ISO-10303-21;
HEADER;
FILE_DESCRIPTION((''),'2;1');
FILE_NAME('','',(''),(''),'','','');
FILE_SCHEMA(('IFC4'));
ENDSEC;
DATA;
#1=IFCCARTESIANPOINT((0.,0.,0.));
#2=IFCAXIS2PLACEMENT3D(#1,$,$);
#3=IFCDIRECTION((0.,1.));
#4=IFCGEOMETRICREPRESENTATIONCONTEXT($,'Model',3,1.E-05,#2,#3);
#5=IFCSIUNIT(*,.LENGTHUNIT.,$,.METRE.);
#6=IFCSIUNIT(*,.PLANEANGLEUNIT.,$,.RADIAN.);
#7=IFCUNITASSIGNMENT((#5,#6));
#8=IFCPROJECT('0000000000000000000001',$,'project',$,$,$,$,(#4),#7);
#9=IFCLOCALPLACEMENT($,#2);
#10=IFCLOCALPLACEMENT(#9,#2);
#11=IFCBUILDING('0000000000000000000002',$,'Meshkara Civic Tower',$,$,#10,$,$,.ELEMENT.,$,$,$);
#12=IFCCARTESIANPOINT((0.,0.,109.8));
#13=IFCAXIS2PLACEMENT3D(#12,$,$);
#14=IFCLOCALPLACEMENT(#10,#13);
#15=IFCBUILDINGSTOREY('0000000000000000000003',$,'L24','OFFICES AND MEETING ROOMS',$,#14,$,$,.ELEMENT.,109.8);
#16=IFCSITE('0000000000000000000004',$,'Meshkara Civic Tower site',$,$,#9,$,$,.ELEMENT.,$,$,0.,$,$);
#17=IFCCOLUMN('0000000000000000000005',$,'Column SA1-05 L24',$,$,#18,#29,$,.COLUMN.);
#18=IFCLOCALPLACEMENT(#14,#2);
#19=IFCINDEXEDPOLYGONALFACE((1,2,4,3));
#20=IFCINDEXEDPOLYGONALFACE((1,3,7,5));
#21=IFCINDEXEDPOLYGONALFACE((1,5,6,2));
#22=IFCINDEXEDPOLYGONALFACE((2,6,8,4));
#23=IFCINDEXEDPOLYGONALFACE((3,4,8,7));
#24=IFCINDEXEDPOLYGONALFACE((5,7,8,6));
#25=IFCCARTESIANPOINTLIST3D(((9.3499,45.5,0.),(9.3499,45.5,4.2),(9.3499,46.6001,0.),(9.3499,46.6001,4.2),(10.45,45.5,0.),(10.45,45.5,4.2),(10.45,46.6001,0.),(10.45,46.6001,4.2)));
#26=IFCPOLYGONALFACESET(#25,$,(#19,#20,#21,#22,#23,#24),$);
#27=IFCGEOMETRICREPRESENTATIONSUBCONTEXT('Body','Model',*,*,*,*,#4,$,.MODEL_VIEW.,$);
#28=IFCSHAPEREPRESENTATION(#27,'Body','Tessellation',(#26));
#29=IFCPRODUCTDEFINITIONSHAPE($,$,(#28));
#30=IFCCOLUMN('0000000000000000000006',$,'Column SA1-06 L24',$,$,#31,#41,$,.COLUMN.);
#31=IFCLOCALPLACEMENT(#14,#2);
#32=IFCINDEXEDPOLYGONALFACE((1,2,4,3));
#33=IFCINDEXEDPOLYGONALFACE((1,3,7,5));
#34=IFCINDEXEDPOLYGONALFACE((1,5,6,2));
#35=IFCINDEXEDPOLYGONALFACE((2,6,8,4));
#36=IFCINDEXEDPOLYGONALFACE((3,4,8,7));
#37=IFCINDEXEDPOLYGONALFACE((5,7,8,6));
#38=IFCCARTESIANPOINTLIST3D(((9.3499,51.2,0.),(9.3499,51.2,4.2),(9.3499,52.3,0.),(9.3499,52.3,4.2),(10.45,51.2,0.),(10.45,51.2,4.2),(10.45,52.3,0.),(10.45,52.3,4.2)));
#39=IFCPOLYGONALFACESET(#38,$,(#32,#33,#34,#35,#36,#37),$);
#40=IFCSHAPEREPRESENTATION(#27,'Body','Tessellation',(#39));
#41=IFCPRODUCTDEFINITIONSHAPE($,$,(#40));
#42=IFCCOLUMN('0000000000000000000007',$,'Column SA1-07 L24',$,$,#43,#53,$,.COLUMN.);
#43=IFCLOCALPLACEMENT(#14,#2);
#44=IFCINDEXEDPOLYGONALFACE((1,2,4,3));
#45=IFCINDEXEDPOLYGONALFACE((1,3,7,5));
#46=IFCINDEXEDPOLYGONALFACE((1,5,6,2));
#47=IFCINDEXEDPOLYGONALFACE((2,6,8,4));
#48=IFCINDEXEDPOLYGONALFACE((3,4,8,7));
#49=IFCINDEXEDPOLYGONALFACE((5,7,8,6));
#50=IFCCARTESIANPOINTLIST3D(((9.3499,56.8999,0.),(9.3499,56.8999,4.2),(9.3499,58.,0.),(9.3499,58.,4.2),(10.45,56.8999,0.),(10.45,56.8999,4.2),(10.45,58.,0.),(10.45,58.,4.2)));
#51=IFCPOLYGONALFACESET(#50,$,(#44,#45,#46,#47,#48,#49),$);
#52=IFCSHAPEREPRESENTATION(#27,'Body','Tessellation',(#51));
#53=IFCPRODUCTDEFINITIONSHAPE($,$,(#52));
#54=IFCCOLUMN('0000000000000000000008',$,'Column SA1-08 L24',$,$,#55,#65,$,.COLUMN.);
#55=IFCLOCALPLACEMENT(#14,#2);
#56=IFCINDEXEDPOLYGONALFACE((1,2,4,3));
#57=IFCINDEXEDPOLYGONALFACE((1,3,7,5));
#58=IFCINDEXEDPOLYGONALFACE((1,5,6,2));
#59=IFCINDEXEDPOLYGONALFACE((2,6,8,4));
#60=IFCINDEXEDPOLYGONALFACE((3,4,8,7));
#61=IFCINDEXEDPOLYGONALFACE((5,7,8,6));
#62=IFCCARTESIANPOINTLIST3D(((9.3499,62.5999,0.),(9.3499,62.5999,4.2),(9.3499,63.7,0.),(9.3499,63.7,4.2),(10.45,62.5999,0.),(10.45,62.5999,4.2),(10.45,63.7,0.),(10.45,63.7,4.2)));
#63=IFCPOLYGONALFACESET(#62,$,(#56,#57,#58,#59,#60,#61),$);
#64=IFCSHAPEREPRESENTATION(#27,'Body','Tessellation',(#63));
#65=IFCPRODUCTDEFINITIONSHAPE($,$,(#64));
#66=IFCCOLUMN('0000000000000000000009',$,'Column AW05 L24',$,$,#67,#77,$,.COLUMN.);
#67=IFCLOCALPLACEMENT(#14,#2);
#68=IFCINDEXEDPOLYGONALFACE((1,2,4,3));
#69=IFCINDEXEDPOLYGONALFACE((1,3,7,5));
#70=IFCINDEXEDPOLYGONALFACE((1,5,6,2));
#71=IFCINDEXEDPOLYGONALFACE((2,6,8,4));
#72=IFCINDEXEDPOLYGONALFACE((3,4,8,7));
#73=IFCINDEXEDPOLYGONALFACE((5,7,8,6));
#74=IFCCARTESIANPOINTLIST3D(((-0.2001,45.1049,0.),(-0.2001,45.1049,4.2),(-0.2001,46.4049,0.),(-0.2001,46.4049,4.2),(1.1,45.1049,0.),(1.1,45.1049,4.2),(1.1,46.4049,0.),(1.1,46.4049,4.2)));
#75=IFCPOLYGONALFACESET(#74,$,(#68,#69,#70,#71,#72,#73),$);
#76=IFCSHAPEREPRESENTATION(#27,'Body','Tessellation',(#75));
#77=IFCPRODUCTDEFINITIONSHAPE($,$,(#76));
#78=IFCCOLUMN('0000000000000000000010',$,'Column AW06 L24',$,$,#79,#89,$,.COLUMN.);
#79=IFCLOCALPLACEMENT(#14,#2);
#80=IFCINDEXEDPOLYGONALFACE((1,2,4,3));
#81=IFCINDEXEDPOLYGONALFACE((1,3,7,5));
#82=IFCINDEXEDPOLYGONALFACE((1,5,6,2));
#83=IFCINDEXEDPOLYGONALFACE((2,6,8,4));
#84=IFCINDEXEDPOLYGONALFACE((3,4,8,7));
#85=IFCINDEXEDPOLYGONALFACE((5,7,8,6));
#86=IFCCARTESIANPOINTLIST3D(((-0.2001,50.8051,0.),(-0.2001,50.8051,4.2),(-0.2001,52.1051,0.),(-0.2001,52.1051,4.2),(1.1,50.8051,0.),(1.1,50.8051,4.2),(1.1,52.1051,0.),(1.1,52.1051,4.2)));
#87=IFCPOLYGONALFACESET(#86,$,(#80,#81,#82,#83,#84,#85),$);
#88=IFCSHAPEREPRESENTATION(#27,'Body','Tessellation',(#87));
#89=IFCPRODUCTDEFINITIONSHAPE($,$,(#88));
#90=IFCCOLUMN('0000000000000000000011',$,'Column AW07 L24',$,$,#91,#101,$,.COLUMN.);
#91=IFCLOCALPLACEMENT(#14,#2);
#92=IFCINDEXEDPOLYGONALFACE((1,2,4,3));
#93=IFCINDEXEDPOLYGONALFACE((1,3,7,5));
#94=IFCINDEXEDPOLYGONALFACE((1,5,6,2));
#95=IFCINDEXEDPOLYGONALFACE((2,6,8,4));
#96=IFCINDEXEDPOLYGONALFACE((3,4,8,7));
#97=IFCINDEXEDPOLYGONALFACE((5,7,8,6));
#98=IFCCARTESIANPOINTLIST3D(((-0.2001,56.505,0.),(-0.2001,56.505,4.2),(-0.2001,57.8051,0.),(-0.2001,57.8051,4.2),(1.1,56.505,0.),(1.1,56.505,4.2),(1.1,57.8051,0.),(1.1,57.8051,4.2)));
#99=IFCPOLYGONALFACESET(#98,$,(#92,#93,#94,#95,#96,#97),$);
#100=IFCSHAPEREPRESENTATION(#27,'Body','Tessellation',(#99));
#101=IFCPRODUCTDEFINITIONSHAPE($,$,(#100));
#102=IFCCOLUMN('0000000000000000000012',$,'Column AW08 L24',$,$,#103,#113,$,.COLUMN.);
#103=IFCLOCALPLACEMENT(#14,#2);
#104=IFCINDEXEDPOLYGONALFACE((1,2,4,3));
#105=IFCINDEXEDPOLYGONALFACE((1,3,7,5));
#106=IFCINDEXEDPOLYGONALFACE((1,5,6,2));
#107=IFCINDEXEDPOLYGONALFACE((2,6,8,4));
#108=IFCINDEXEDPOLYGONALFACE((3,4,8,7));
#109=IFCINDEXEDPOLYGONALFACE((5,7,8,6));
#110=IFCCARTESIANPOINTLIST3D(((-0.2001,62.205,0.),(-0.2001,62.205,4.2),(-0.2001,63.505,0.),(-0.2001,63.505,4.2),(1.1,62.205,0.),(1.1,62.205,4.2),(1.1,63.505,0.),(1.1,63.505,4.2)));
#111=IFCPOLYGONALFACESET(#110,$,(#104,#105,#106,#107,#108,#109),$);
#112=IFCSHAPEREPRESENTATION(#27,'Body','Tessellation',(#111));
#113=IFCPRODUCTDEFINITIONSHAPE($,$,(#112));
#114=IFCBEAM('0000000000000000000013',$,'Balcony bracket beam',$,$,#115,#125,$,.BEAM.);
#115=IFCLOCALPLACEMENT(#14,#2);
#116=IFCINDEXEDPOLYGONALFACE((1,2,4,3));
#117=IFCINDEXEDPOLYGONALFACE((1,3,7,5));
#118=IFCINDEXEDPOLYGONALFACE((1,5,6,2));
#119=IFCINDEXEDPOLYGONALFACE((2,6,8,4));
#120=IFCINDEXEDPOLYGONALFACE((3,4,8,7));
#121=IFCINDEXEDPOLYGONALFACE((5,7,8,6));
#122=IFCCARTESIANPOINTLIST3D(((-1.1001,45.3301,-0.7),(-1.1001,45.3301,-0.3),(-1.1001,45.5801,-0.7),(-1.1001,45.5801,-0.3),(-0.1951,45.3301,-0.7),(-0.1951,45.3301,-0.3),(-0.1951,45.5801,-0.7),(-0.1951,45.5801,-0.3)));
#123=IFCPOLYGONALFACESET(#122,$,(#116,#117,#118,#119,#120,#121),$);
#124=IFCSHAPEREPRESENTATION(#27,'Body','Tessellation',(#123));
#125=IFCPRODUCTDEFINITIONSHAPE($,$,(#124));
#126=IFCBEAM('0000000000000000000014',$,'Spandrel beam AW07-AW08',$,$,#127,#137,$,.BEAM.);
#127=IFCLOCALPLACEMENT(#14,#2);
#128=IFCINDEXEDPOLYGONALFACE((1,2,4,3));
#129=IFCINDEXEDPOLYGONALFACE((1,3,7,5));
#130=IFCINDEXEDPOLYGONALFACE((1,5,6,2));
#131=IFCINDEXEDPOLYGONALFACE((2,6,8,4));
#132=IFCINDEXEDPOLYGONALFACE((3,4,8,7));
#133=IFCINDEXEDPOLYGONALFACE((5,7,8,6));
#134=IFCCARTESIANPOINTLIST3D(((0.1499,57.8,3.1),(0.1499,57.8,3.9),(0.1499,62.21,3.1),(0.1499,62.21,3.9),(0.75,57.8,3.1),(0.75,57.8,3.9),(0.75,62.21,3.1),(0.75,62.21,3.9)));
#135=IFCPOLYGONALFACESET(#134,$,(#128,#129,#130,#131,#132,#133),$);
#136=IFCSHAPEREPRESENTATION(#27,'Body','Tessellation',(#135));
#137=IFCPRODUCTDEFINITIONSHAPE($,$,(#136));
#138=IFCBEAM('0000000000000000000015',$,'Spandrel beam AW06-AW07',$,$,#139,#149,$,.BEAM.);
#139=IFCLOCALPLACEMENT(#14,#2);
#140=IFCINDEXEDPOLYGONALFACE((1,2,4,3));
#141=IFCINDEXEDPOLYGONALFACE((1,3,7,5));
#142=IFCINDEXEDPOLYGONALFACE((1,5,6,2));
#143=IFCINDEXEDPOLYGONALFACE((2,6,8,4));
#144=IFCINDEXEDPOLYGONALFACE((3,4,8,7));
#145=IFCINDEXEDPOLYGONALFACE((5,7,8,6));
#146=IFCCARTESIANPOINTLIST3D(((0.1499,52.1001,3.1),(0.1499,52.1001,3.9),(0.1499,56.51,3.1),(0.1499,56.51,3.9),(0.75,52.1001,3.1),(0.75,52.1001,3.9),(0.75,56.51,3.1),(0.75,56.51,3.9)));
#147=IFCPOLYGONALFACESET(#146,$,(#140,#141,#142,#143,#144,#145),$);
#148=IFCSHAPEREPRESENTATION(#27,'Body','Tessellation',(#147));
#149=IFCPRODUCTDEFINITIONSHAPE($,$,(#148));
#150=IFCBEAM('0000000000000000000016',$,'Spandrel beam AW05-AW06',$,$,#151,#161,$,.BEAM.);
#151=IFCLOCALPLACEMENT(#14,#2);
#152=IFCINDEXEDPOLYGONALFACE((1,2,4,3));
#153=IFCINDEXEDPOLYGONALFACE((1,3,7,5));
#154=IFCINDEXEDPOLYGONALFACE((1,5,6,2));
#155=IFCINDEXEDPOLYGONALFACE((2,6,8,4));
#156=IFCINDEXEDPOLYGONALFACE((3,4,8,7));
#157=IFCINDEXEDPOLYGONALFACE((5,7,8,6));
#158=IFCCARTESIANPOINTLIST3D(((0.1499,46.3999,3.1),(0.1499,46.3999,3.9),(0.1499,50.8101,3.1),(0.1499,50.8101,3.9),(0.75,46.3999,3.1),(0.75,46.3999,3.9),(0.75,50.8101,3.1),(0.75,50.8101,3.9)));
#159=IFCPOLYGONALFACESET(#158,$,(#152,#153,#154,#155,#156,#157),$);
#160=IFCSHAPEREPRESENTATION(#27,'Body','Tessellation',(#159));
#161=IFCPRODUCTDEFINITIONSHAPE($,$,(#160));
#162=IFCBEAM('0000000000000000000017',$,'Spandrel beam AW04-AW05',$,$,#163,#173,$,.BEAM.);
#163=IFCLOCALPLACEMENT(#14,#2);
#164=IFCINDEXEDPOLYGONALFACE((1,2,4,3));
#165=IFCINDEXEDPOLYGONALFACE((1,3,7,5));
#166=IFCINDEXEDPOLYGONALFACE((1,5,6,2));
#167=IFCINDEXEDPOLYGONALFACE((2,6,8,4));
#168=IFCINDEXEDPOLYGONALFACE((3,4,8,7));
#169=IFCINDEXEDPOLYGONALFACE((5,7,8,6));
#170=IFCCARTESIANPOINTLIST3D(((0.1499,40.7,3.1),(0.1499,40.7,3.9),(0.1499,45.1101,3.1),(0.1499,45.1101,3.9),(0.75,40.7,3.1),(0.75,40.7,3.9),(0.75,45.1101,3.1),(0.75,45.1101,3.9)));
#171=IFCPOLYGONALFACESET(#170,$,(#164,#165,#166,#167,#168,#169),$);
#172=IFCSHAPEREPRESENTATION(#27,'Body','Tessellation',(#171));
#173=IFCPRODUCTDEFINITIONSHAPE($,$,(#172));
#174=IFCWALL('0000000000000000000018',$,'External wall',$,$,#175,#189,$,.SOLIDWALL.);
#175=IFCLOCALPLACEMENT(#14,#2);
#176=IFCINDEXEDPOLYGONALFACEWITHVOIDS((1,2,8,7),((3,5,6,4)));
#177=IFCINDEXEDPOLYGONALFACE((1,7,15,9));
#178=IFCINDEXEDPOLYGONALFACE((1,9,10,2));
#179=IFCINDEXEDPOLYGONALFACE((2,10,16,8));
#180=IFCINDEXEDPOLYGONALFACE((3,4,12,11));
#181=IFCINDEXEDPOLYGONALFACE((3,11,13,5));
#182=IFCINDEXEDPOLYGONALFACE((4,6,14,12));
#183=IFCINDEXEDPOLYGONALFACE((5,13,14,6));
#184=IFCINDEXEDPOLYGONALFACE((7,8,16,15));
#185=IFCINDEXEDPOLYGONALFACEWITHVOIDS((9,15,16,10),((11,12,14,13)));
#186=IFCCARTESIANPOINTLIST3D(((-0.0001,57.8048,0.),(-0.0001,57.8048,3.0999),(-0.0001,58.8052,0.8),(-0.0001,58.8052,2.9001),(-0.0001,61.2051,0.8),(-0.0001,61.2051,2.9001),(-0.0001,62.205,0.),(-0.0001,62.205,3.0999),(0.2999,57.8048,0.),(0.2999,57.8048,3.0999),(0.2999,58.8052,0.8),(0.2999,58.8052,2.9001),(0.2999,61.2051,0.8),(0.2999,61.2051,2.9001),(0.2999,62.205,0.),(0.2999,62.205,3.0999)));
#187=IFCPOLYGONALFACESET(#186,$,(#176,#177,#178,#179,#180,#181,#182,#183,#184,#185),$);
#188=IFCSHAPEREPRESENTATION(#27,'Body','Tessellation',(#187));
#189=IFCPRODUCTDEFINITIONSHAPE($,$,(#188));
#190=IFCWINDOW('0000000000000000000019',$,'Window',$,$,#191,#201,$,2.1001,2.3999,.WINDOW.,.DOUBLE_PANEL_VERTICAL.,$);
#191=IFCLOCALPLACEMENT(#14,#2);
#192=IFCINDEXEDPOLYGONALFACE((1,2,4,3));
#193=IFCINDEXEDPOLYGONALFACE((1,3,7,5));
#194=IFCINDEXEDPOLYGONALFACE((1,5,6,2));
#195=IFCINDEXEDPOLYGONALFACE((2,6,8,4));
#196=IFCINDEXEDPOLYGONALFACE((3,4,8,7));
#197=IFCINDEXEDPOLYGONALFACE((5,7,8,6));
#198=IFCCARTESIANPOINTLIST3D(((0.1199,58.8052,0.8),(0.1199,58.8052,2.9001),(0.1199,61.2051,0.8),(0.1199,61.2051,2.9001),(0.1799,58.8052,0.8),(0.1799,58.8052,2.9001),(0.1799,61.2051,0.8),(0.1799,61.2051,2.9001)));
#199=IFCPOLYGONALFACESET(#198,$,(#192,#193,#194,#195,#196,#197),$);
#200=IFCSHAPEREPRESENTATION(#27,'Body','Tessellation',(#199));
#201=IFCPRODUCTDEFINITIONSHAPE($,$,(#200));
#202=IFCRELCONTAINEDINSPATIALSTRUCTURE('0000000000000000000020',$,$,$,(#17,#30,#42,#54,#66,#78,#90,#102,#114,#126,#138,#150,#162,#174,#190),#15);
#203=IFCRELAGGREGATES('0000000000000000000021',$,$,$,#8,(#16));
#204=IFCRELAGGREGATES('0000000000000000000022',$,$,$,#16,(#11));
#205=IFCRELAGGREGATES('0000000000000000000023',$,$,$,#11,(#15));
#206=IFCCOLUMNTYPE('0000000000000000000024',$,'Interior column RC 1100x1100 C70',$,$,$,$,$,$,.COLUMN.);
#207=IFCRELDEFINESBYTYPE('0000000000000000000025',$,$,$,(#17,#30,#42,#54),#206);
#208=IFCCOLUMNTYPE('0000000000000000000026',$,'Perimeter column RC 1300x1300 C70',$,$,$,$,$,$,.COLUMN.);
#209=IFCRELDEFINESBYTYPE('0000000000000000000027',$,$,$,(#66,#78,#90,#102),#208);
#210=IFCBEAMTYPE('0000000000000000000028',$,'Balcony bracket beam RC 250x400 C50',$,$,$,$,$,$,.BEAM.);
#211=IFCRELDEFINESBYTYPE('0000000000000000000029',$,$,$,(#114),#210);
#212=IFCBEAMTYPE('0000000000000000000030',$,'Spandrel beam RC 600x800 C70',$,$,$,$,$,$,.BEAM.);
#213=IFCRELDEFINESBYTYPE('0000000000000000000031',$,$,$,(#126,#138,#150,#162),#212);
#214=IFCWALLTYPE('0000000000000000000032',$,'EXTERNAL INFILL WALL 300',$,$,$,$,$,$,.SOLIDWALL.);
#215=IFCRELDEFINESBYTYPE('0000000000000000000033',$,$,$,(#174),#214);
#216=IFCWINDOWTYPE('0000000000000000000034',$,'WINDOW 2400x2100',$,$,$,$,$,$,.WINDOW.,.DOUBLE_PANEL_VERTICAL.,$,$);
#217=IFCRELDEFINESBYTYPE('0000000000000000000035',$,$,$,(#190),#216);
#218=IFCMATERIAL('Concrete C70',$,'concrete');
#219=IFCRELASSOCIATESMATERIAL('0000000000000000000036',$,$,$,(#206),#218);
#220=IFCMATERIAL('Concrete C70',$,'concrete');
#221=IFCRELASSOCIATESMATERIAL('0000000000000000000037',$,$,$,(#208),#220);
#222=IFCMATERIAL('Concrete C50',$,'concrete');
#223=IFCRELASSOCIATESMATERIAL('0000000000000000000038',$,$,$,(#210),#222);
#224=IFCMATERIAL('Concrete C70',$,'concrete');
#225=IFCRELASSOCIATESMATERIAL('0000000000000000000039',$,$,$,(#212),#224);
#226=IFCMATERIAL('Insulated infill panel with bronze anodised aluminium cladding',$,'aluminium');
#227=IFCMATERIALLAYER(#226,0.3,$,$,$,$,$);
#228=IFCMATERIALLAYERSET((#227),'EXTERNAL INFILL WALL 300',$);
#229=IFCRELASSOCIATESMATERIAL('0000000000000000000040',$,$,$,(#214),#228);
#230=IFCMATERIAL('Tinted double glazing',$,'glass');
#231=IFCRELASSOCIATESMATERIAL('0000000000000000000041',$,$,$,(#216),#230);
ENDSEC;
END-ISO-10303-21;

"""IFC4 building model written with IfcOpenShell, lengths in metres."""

from ifc_helpers import new_model, si_unit, direction, frame, frame_2d, origin, origin_2d, place, context, subcontext, project, spatial, rectangle, extrude, material, layer, layer_set, material_profile, profile_set, type_object, element, fill, save


model = new_model("IFC4")

# Units and contexts
model_context = context("Model", 3, precision=1e-05, world=origin(), true_north=direction((0.0, 1.0)))
body_context = subcontext(model_context, "Body", "Model", "MODEL_VIEW")
ifc_project = project(units=[si_unit("LENGTHUNIT", "METRE"), si_unit("PLANEANGLEUNIT", "RADIAN")], contexts=[model_context])

# Site, building, storey
site_placement = place(None, origin())
site = spatial("IfcSite", under=ifc_project, at=site_placement, Name="Meshkara Civic Tower site", CompositionType="ELEMENT", RefElevation=0.0)
building_placement = place(site_placement, origin())
building = spatial("IfcBuilding", under=site, at=building_placement, Name="Meshkara Civic Tower", CompositionType="ELEMENT")
storey_placement = place(building_placement, frame((0.0, 0.0, 109.8)))
storey = spatial("IfcBuildingStorey", under=building, at=storey_placement, Name="L24", Description="OFFICES AND MEETING ROOMS", CompositionType="ELEMENT", Elevation=109.8)

# Columns
ifc_material_1 = material(Name="Concrete C70", Category="concrete")
ifc_material_profile_1 = material_profile(ifc_material_1, rectangle(XDim=1.1001, YDim=1.1001, at=origin_2d()))
ifc_profile_set_1 = profile_set([ifc_material_profile_1], Name="Concrete C70")
column_type_1 = type_object("IfcColumnType", Name="Interior column RC 1100x1100 C70", PredefinedType="COLUMN", material=ifc_profile_set_1)
for number, where, z_axis, x_axis, name in (
    (1, (9.8999, 46.05, 0.0), (0.0, 0.0, 1.0), (1.0, 0.0, 0.0), "Column SA1-05 L24"),
    (2, (9.8999, 51.75, 0.0), (0.0, 0.0, 1.0), (1.0, 0.0, 0.0), "Column SA1-06 L24"),
    (3, (9.8999, 57.45, 0.0), (0.0, 0.0, 1.0), (1.0, 0.0, 0.0), "Column SA1-07 L24"),
    (4, (9.8999, 63.1499, 0.0), (0.0, 0.0, 1.0), (1.0, 0.0, 0.0), "Column SA1-08 L24"),
):
    element("IfcColumn", number, at=place(storey_placement, frame(where, z_axis=z_axis, x_axis=x_axis)), inside=storey, type_object=column_type_1, Name=name, PredefinedType="COLUMN", context=body_context, shape_type="SweptSolid", body=[
        extrude(rectangle(XDim=1.1001, YDim=1.1001, at=origin_2d()), origin(), (0.0, 0.0, 1.0), 4.2),
    ])
ifc_material_2 = material(Name="Concrete C70", Category="concrete")
ifc_material_profile_2 = material_profile(ifc_material_2, rectangle(XDim=1.3, YDim=1.3, at=origin_2d()))
ifc_profile_set_2 = profile_set([ifc_material_profile_2], Name="Concrete C70")
column_type_2 = type_object("IfcColumnType", Name="Perimeter column RC 1300x1300 C70", PredefinedType="COLUMN", material=ifc_profile_set_2)
for number, where, z_axis, x_axis, name in (
    (5, (0.45, 45.7549, 0.0), (0.0, 0.0, 1.0), (1.0, 0.0, 0.0), "Column AW05 L24"),
    (6, (0.45, 51.4551, 0.0), (0.0, 0.0, 1.0), (1.0, 0.0, 0.0), "Column AW06 L24"),
    (7, (0.45, 57.155, 0.0), (0.0, 0.0, 1.0), (1.0, 0.0, 0.0), "Column AW07 L24"),
    (8, (0.45, 62.855, 0.0), (0.0, 0.0, 1.0), (1.0, 0.0, 0.0), "Column AW08 L24"),
):
    element("IfcColumn", number, at=place(storey_placement, frame(where, z_axis=z_axis, x_axis=x_axis)), inside=storey, type_object=column_type_2, Name=name, PredefinedType="COLUMN", context=body_context, shape_type="SweptSolid", body=[
        extrude(rectangle(XDim=1.3, YDim=1.3, at=origin_2d()), origin(), (0.0, 0.0, 1.0), 4.2),
    ])

# Beams
ifc_material_3 = material(Name="Concrete C50", Category="concrete")
ifc_material_profile_3 = material_profile(ifc_material_3, rectangle(XDim=0.25, YDim=0.3999, at=origin_2d()))
ifc_profile_set_3 = profile_set([ifc_material_profile_3], Name="Concrete C50")
beam_type_1 = type_object("IfcBeamType", Name="Balcony bracket beam RC 250x400 C50", PredefinedType="BEAM", material=ifc_profile_set_3)
beam_placement = place(storey_placement, frame((-0.1951, 45.4551, -0.5), z_axis=(-1.0, 0.0, 0.0), x_axis=(0.0, -1.0, 0.0)))
element("IfcBeam", 9, at=beam_placement, inside=storey, type_object=beam_type_1, Name="Balcony bracket beam", PredefinedType="BEAM", context=body_context, shape_type="SweptSolid", body=[
    extrude(rectangle(XDim=0.25, YDim=0.3999, at=origin_2d()), origin(), (0.0, 0.0, 1.0), 0.905),
])
ifc_material_4 = material(Name="Concrete C70", Category="concrete")
ifc_material_profile_4 = material_profile(ifc_material_4, rectangle(XDim=0.6001, YDim=0.8, at=origin_2d()))
ifc_profile_set_4 = profile_set([ifc_material_profile_4], Name="Concrete C70")
beam_type_2 = type_object("IfcBeamType", Name="Spandrel beam RC 600x800 C70", PredefinedType="BEAM", material=ifc_profile_set_4)
for number, where, z_axis, x_axis, name in (
    (10, (0.45, 62.21, 3.5), (0.0, -1.0, 0.0), (1.0, 0.0, 0.0), "Spandrel beam AW07-AW08"),
    (11, (0.45, 56.51, 3.5), (0.0, -1.0, 0.0), (1.0, 0.0, 0.0), "Spandrel beam AW06-AW07"),
):
    element("IfcBeam", number, at=place(storey_placement, frame(where, z_axis=z_axis, x_axis=x_axis)), inside=storey, type_object=beam_type_2, Name=name, PredefinedType="BEAM", context=body_context, shape_type="SweptSolid", body=[
        extrude(rectangle(XDim=0.6001, YDim=0.8, at=origin_2d()), origin(), (0.0, 0.0, 1.0), 4.4099),
    ])
for number, where, z_axis, x_axis, name in (
    (12, (0.45, 50.8101, 3.5), (0.0, -1.0, 0.0), (1.0, 0.0, 0.0), "Spandrel beam AW05-AW06"),
    (13, (0.45, 45.1101, 3.5), (0.0, -1.0, 0.0), (1.0, 0.0, 0.0), "Spandrel beam AW04-AW05"),
):
    element("IfcBeam", number, at=place(storey_placement, frame(where, z_axis=z_axis, x_axis=x_axis)), inside=storey, type_object=beam_type_2, Name=name, PredefinedType="BEAM", context=body_context, shape_type="SweptSolid", body=[
        extrude(rectangle(XDim=0.6001, YDim=0.8, at=origin_2d()), origin(), (0.0, 0.0, 1.0), 4.4102),
    ])

# Wall, opening, window
ifc_material_5 = material(Name="Insulated infill panel with bronze anodised aluminium cladding", Category="aluminium")
ifc_layer_1 = layer(ifc_material_5, 0.3)
ifc_layer_set_1 = layer_set([ifc_layer_1], Name="EXTERNAL INFILL WALL 300")
wall_type_1 = type_object("IfcWallType", Name="EXTERNAL INFILL WALL 300", PredefinedType="SOLIDWALL", material=ifc_layer_set_1)
wall_1_placement = place(storey_placement, frame((0.1499, 62.2051, 0.0), z_axis=(0.0, 0.0, 1.0), x_axis=(0.0, -1.0, 0.0)))
wall_1 = element("IfcWall", 14, at=wall_1_placement, inside=storey, type_object=wall_type_1, Name="External wall", PredefinedType="SOLIDWALL", context=body_context, shape_type="SweptSolid", body=[
    extrude(rectangle(XDim=4.4001, YDim=0.3, at=frame_2d((2.2002, 0.0))), origin(), (0.0, 0.0, 1.0), 3.0999),
])
opening_1_placement = place(wall_1_placement, frame((1.0, 0.0, 0.8)))
opening_1 = element("IfcOpeningElement", 15, at=opening_1_placement, cuts=wall_1, PredefinedType="OPENING", context=body_context, shape_type="SweptSolid", body=[
    extrude(rectangle(XDim=2.3999, YDim=2.1001, at=frame_2d((1.2, 1.05))), frame((0.0, 0.1599, 0.0), z_axis=(0.0, -1.0, 0.0), x_axis=(1.0, 0.0, 0.0)), (0.0, 0.0, 1.0), 0.3201),
])
ifc_material_6 = material(Name="Tinted double glazing", Category="glass")
window_type = type_object("IfcWindowType", Name="WINDOW 2400x2100", PartitioningType="DOUBLE_PANEL_VERTICAL", PredefinedType="WINDOW", material=ifc_material_6)
window_1_placement = place(opening_1_placement, origin())
window_1 = element("IfcWindow", 16, at=window_1_placement, inside=storey, type_object=window_type, Name="Window", OverallHeight=2.1001, OverallWidth=2.3999, PartitioningType="DOUBLE_PANEL_VERTICAL", PredefinedType="WINDOW", context=body_context, shape_type="SweptSolid", body=[
    extrude(rectangle(XDim=2.3999, YDim=2.1001, at=frame_2d((1.2, 1.05))), frame((0.0, 0.03, 0.0), z_axis=(0.0, -1.0, 0.0), x_axis=(1.0, 0.0, 0.0)), (0.0, 0.0, 1.0), 0.0601),
])
fill(opening_1, window_1)

save(model, "model.ifc")
